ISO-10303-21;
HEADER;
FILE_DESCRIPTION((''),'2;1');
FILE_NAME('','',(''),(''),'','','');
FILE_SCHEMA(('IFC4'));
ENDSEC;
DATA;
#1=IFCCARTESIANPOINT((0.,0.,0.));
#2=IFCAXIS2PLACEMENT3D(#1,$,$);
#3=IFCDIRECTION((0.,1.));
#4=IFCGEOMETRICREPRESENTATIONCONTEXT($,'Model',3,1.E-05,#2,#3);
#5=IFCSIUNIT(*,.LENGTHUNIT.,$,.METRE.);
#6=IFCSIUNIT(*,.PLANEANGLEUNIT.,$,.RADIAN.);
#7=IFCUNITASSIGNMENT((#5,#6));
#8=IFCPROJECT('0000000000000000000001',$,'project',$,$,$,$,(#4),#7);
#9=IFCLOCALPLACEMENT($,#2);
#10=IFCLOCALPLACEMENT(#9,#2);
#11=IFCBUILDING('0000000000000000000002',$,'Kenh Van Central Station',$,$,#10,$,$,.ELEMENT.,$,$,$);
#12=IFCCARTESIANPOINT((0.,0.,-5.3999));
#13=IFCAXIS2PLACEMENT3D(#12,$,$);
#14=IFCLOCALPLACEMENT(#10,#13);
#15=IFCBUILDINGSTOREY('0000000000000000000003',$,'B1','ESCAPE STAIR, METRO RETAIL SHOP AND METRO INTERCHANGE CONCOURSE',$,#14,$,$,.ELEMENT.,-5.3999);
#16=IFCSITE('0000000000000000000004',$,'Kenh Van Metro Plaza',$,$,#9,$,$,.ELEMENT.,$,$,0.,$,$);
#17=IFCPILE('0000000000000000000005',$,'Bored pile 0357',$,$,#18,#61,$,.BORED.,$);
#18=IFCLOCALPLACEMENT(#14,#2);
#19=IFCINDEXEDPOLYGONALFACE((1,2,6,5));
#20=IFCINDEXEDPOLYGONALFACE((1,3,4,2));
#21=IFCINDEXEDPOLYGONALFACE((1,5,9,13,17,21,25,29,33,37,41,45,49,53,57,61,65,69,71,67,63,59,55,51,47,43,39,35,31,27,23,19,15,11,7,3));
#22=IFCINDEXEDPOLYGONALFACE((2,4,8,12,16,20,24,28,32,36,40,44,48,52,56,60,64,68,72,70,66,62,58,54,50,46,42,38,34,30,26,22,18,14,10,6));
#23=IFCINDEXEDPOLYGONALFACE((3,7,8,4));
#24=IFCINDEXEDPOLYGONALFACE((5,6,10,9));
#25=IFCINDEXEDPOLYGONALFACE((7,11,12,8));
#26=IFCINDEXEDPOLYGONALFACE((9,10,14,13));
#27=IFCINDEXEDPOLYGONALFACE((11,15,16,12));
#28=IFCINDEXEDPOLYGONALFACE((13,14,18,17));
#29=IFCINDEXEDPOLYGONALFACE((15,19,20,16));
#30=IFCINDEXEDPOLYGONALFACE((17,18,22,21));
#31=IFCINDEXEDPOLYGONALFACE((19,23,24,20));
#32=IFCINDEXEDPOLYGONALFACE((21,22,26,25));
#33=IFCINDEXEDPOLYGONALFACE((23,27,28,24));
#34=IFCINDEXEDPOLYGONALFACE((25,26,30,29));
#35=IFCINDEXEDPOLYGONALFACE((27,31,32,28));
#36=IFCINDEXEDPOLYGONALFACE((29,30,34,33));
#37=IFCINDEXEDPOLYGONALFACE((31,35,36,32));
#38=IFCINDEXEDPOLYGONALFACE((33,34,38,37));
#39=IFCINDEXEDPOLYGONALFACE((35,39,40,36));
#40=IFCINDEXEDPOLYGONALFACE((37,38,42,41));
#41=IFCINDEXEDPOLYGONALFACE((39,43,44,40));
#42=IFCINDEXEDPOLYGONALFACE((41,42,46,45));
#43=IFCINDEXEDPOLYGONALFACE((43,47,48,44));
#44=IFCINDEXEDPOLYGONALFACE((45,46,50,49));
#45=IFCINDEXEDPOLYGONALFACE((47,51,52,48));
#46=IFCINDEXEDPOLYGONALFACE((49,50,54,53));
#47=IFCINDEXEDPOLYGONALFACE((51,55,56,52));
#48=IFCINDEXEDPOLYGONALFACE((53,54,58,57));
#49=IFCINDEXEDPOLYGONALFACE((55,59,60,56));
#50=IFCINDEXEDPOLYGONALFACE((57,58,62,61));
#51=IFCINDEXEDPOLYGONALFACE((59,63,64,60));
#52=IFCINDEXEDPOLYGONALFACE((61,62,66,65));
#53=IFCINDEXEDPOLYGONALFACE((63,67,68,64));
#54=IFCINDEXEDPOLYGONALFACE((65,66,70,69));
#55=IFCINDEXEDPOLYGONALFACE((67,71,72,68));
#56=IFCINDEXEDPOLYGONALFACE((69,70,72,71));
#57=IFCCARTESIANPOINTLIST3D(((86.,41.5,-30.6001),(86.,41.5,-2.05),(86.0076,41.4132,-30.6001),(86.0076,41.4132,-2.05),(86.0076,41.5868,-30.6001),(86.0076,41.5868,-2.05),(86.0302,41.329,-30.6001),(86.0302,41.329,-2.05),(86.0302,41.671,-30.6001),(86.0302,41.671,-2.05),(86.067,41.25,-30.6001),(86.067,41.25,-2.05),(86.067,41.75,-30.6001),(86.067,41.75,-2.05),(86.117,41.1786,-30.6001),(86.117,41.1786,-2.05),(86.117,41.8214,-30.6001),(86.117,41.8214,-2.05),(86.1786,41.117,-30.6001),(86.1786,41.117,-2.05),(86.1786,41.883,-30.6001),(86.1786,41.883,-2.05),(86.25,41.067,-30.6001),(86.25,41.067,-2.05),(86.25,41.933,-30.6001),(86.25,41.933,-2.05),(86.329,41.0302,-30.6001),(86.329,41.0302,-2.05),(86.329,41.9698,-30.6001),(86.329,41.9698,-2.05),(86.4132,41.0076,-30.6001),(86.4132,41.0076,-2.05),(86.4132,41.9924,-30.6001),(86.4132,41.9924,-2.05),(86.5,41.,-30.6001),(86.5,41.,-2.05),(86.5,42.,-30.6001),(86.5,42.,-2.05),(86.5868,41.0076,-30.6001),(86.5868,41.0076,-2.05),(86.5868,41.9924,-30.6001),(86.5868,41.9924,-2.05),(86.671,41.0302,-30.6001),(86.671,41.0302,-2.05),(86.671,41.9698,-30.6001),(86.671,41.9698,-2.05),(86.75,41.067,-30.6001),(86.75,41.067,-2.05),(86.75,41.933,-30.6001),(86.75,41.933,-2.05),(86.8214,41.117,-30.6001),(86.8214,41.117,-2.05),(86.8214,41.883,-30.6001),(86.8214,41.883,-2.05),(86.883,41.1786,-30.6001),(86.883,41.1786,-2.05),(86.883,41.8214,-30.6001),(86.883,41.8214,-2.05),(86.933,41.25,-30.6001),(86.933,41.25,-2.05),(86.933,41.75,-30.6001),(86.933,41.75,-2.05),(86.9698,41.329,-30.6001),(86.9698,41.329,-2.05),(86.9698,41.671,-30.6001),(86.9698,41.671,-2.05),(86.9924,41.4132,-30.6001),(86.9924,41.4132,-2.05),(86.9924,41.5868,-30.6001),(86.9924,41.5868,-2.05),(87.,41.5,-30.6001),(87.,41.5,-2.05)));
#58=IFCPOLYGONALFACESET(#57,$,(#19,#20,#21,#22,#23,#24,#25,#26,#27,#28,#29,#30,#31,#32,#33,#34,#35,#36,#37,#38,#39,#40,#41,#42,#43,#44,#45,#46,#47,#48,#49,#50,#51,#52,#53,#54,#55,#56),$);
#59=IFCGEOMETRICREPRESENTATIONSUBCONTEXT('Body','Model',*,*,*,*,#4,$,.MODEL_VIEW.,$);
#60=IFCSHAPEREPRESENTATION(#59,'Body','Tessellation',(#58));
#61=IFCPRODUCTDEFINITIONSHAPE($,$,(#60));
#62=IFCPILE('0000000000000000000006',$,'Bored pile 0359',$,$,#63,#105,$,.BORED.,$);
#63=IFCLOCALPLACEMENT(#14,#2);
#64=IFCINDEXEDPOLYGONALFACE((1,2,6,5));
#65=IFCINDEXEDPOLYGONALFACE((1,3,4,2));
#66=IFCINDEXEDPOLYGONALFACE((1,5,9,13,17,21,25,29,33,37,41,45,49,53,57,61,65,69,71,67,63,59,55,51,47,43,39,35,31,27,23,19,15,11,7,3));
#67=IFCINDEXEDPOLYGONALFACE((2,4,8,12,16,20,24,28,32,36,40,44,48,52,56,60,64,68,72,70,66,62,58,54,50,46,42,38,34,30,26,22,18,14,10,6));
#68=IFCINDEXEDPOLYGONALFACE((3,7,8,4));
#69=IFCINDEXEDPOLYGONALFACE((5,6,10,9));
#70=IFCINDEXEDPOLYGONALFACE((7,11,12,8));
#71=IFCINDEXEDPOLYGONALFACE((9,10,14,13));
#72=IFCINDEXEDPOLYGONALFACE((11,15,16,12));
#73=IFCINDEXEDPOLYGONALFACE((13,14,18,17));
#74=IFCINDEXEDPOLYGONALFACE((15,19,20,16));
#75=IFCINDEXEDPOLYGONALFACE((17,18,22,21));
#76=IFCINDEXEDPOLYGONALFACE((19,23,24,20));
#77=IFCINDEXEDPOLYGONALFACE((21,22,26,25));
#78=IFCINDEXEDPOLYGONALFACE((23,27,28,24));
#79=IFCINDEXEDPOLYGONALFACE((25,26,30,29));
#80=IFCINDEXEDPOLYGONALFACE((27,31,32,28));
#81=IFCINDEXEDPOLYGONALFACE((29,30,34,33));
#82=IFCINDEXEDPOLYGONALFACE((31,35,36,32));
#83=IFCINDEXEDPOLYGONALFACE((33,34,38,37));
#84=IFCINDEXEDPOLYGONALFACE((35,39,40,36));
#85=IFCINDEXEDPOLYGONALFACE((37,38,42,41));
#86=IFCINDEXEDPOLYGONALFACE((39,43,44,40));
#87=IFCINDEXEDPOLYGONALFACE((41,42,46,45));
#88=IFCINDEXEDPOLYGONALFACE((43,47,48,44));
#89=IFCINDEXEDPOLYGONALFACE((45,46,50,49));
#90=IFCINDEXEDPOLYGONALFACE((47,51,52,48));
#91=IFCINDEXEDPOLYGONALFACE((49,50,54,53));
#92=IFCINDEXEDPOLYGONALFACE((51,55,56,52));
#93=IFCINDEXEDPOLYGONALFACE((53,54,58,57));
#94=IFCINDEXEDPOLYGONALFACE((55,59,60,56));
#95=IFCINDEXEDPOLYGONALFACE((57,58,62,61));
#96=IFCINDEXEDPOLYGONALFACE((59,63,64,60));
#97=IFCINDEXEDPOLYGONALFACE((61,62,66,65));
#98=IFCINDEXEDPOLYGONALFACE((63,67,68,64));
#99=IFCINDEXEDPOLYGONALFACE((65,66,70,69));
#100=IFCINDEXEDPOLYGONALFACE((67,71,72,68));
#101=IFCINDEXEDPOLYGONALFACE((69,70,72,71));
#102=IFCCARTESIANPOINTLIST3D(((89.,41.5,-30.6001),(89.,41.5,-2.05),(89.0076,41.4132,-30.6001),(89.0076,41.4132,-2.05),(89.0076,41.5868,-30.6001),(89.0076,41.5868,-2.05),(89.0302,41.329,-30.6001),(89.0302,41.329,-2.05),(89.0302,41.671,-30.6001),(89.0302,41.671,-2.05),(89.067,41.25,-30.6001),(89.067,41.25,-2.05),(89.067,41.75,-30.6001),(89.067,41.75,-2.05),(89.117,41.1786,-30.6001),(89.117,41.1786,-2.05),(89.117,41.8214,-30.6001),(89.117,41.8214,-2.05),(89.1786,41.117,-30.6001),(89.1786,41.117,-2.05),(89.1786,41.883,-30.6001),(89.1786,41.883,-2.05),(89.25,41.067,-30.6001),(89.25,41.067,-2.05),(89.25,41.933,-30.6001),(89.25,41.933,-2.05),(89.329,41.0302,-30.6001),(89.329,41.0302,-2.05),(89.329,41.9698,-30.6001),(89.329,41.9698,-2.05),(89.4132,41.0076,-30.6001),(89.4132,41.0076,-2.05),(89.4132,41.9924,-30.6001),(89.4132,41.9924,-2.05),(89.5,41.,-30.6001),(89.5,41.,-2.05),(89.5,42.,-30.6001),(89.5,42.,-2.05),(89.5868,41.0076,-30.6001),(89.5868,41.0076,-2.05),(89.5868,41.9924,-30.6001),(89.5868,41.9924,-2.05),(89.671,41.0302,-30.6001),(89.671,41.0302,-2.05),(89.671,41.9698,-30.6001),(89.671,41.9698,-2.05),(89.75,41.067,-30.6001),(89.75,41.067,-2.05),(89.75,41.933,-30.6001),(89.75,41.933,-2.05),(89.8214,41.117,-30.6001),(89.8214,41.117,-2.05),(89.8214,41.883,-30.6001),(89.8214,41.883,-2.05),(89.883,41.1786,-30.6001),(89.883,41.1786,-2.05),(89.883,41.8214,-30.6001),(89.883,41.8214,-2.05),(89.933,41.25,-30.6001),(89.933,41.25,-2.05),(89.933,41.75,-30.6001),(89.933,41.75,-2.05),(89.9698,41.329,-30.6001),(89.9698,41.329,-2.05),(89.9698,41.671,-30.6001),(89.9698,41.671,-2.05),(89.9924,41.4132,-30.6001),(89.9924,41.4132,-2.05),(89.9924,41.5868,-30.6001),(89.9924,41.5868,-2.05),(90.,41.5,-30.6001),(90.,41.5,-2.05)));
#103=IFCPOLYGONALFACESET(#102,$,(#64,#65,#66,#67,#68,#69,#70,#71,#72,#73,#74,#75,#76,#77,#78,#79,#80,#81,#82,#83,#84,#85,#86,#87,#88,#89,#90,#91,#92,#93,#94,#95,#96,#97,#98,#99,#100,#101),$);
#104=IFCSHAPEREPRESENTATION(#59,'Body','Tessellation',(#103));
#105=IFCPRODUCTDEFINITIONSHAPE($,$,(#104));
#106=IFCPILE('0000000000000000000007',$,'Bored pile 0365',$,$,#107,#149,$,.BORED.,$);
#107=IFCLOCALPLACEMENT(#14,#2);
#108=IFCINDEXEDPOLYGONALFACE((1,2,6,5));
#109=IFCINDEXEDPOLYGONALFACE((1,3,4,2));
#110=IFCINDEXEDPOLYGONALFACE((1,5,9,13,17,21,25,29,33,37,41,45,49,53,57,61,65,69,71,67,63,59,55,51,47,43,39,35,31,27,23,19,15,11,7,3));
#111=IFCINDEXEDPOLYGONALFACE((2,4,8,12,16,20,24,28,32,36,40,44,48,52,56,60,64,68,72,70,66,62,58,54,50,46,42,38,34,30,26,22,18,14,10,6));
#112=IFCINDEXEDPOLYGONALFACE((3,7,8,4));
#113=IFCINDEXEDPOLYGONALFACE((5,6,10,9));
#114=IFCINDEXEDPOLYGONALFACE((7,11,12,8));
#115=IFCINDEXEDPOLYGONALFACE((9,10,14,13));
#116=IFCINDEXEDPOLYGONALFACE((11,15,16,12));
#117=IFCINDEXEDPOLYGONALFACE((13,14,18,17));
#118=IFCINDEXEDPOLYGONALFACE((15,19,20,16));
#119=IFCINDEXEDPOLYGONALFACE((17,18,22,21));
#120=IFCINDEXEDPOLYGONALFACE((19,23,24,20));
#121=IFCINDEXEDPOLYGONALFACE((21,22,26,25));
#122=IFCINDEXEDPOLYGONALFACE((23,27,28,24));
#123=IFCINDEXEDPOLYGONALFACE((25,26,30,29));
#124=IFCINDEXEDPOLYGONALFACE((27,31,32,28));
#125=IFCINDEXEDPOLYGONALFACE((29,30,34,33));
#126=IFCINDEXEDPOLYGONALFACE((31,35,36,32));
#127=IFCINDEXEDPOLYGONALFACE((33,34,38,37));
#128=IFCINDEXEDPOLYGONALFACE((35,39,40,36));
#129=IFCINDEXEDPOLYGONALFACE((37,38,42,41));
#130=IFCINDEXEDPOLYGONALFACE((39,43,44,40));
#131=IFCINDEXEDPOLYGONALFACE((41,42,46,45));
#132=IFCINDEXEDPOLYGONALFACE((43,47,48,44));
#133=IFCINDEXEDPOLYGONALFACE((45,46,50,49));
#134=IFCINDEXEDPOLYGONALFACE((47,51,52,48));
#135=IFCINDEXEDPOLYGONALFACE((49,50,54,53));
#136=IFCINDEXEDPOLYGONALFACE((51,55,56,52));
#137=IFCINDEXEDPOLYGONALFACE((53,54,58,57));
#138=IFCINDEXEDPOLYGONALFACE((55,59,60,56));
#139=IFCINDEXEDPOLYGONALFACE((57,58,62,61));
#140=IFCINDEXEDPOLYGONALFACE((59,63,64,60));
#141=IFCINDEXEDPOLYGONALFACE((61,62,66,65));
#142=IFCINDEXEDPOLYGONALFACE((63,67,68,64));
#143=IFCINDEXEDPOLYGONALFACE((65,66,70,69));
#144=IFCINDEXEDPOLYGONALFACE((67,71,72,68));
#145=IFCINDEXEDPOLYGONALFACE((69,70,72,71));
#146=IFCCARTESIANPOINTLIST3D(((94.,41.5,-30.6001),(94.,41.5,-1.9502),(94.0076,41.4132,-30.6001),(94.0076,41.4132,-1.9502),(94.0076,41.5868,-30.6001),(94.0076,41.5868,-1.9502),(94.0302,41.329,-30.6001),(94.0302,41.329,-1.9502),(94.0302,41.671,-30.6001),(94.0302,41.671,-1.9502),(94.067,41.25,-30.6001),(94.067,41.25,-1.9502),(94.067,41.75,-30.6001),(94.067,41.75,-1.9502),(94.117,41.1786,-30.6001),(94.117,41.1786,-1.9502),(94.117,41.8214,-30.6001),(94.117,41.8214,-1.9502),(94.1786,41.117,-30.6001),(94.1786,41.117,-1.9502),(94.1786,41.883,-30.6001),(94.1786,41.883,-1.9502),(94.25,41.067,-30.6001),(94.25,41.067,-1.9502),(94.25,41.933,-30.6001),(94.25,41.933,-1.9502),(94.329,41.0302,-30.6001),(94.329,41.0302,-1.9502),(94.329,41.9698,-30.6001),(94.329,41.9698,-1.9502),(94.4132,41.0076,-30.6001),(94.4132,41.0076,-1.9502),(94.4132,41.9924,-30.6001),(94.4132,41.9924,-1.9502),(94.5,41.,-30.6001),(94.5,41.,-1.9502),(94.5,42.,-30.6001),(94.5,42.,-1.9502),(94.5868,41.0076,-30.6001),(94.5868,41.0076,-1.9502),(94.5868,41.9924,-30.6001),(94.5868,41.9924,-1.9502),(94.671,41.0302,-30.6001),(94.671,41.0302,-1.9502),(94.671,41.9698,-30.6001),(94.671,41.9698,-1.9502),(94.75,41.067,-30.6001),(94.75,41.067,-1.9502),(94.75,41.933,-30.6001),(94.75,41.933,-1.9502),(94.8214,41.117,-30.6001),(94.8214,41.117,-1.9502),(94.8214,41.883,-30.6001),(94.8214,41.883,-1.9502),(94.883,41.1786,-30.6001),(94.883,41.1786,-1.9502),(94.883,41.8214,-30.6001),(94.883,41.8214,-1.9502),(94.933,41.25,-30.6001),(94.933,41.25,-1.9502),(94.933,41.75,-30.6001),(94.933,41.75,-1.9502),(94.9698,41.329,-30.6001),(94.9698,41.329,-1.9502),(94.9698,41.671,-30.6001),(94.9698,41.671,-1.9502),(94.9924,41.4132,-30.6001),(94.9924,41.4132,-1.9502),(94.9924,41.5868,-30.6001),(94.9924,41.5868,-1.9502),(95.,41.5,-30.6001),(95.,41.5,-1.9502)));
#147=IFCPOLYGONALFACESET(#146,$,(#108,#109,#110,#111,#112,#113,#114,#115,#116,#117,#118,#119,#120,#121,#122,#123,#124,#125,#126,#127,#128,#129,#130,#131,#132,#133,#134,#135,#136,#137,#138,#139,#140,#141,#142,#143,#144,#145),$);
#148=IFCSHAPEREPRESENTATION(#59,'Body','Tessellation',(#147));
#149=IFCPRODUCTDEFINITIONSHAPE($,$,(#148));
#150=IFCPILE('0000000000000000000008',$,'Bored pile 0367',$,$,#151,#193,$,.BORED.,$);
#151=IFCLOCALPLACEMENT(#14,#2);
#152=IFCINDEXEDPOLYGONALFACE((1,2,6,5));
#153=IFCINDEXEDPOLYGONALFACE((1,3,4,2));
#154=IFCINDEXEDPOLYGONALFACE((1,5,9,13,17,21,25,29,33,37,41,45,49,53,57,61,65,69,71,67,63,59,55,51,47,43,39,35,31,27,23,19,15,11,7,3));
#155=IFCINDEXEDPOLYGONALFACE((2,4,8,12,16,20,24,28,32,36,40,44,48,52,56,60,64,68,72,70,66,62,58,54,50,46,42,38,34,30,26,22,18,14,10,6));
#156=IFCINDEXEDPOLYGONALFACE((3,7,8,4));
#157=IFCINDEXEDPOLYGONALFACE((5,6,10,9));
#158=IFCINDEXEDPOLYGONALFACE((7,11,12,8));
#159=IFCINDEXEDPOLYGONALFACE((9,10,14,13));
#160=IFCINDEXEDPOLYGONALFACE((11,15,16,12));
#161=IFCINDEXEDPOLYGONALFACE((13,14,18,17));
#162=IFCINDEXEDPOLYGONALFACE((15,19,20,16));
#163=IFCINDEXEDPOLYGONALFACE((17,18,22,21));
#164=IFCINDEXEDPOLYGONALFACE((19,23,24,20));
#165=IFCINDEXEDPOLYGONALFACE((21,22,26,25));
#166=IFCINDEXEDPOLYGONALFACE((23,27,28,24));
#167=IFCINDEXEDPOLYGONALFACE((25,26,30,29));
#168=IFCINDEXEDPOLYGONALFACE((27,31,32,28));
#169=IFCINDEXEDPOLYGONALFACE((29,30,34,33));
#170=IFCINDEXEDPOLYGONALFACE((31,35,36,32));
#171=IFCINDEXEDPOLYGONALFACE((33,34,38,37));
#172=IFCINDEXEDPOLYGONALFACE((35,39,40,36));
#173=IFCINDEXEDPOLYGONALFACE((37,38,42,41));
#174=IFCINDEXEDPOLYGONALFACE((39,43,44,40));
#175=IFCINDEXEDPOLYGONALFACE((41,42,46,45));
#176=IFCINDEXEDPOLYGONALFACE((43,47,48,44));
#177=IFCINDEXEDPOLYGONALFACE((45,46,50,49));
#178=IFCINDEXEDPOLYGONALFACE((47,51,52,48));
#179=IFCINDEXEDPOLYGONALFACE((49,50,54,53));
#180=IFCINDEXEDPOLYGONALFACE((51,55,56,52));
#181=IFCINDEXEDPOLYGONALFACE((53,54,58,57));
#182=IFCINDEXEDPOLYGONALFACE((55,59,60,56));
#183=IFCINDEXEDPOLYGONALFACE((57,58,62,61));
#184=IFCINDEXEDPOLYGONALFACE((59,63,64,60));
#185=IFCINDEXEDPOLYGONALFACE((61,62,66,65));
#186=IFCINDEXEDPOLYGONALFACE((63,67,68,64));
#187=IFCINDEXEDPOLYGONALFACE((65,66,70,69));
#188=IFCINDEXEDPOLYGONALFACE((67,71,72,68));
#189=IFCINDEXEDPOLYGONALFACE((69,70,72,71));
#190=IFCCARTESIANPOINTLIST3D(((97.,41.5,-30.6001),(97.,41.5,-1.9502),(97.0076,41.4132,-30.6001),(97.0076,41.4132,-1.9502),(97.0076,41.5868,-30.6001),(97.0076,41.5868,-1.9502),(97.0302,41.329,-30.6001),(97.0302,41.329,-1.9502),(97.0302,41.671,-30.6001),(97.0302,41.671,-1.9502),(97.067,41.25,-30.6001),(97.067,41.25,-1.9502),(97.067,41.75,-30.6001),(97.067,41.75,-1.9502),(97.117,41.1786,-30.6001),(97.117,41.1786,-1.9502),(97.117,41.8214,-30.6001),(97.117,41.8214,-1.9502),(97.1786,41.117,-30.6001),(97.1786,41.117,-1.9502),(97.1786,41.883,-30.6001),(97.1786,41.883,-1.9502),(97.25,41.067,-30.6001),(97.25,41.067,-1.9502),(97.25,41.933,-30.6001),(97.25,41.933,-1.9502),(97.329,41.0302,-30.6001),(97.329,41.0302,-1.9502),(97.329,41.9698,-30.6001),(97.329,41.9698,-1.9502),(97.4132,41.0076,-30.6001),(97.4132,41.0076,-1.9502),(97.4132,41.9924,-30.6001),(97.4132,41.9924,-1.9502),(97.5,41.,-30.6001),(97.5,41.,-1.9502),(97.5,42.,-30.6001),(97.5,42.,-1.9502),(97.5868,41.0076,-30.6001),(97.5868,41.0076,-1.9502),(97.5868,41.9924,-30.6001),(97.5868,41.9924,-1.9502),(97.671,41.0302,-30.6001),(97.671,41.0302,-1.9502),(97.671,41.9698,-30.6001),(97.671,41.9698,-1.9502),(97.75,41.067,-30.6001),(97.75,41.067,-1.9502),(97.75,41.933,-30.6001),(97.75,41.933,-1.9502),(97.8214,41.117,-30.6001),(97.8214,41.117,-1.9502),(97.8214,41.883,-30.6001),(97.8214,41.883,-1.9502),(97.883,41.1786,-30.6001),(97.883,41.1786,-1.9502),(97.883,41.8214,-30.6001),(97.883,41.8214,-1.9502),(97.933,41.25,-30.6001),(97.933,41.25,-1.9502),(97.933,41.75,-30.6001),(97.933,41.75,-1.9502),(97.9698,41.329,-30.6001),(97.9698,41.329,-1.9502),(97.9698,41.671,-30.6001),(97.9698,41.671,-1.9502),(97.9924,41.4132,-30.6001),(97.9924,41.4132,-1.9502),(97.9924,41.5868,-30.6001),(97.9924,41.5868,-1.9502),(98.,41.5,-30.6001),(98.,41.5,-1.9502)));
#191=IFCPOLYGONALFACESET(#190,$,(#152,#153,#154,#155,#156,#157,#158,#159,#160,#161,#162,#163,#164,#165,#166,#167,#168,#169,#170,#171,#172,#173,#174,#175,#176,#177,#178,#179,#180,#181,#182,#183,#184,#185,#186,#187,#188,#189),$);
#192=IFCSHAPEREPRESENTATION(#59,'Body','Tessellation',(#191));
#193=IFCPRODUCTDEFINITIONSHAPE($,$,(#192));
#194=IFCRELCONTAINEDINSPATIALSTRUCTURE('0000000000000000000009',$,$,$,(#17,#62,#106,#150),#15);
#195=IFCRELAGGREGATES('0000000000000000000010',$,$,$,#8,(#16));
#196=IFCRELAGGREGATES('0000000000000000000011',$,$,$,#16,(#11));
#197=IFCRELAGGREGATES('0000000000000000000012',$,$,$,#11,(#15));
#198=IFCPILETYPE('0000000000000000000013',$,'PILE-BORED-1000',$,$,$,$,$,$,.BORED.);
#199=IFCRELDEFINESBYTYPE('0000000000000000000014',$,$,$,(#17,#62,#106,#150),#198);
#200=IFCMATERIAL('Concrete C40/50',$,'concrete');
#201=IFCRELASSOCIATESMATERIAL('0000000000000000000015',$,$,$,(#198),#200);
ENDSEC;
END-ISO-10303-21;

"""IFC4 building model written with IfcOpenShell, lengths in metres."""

from ifc_helpers import new_model, si_unit, direction, frame, origin, origin_2d, place, context, subcontext, project, spatial, circle, extrude, material, material_profile, profile_set, type_object, element, save


model = new_model("IFC4")

# Units and contexts
model_context = context("Model", 3, precision=1e-05, world=origin(), true_north=direction((0.0, 1.0)))
body_context = subcontext(model_context, "Body", "Model", "MODEL_VIEW")
ifc_project = project(units=[si_unit("LENGTHUNIT", "METRE"), si_unit("PLANEANGLEUNIT", "RADIAN")], contexts=[model_context])

# Site, building, storey
site_placement = place(None, origin())
site = spatial("IfcSite", under=ifc_project, at=site_placement, Name="Kenh Van Metro Plaza", CompositionType="ELEMENT", RefElevation=0.0)
building_placement = place(site_placement, origin())
building = spatial("IfcBuilding", under=site, at=building_placement, Name="Kenh Van Central Station", CompositionType="ELEMENT")
storey_placement = place(building_placement, frame((0.0, 0.0, -5.3999)))
storey = spatial("IfcBuildingStorey", under=building, at=storey_placement, Name="B1", Description="ESCAPE STAIR, METRO RETAIL SHOP AND METRO INTERCHANGE CONCOURSE", CompositionType="ELEMENT", Elevation=-5.3999)

# Shared definitions
ifc_material_1 = material(Name="Concrete C40/50", Category="concrete")

# Piles
ifc_material_profile_1 = material_profile(ifc_material_1, circle(Radius=0.5, at=origin_2d()), Name="PILE D1000")
ifc_profile_set_1 = profile_set([ifc_material_profile_1], Name="Concrete C40/50")
pile_type = type_object("IfcPileType", Name="PILE-BORED-1000", PredefinedType="BORED", material=ifc_profile_set_1)
for number, where, z_axis, x_axis, name in (
    (1, (86.5, 41.5, -2.05), (0.0, 0.0, -1.0), (1.0, 0.0, 0.0), "Bored pile 0357"),
    (2, (89.5, 41.5, -2.05), (0.0, 0.0, -1.0), (1.0, 0.0, 0.0), "Bored pile 0359"),
):
    element("IfcPile", number, at=place(storey_placement, frame(where, z_axis=z_axis, x_axis=x_axis)), inside=storey, type_object=pile_type, Name=name, PredefinedType="BORED", context=body_context, shape_type="SweptSolid", body=[
        extrude(circle(Radius=0.5, at=origin_2d()), origin(), (0.0, 0.0, 1.0), 28.55),
    ])
for number, where, z_axis, x_axis, name in (
    (3, (94.5, 41.5, -1.9502), (0.0, 0.0, -1.0), (1.0, 0.0, 0.0), "Bored pile 0365"),
    (4, (97.5, 41.5, -1.9502), (0.0, 0.0, -1.0), (1.0, 0.0, 0.0), "Bored pile 0367"),
):
    element("IfcPile", number, at=place(storey_placement, frame(where, z_axis=z_axis, x_axis=x_axis)), inside=storey, type_object=pile_type, Name=name, PredefinedType="BORED", context=body_context, shape_type="SweptSolid", body=[
        extrude(circle(Radius=0.5, at=origin_2d()), origin(), (0.0, 0.0, 1.0), 28.6499),
    ])

save(model, "model.ifc")
